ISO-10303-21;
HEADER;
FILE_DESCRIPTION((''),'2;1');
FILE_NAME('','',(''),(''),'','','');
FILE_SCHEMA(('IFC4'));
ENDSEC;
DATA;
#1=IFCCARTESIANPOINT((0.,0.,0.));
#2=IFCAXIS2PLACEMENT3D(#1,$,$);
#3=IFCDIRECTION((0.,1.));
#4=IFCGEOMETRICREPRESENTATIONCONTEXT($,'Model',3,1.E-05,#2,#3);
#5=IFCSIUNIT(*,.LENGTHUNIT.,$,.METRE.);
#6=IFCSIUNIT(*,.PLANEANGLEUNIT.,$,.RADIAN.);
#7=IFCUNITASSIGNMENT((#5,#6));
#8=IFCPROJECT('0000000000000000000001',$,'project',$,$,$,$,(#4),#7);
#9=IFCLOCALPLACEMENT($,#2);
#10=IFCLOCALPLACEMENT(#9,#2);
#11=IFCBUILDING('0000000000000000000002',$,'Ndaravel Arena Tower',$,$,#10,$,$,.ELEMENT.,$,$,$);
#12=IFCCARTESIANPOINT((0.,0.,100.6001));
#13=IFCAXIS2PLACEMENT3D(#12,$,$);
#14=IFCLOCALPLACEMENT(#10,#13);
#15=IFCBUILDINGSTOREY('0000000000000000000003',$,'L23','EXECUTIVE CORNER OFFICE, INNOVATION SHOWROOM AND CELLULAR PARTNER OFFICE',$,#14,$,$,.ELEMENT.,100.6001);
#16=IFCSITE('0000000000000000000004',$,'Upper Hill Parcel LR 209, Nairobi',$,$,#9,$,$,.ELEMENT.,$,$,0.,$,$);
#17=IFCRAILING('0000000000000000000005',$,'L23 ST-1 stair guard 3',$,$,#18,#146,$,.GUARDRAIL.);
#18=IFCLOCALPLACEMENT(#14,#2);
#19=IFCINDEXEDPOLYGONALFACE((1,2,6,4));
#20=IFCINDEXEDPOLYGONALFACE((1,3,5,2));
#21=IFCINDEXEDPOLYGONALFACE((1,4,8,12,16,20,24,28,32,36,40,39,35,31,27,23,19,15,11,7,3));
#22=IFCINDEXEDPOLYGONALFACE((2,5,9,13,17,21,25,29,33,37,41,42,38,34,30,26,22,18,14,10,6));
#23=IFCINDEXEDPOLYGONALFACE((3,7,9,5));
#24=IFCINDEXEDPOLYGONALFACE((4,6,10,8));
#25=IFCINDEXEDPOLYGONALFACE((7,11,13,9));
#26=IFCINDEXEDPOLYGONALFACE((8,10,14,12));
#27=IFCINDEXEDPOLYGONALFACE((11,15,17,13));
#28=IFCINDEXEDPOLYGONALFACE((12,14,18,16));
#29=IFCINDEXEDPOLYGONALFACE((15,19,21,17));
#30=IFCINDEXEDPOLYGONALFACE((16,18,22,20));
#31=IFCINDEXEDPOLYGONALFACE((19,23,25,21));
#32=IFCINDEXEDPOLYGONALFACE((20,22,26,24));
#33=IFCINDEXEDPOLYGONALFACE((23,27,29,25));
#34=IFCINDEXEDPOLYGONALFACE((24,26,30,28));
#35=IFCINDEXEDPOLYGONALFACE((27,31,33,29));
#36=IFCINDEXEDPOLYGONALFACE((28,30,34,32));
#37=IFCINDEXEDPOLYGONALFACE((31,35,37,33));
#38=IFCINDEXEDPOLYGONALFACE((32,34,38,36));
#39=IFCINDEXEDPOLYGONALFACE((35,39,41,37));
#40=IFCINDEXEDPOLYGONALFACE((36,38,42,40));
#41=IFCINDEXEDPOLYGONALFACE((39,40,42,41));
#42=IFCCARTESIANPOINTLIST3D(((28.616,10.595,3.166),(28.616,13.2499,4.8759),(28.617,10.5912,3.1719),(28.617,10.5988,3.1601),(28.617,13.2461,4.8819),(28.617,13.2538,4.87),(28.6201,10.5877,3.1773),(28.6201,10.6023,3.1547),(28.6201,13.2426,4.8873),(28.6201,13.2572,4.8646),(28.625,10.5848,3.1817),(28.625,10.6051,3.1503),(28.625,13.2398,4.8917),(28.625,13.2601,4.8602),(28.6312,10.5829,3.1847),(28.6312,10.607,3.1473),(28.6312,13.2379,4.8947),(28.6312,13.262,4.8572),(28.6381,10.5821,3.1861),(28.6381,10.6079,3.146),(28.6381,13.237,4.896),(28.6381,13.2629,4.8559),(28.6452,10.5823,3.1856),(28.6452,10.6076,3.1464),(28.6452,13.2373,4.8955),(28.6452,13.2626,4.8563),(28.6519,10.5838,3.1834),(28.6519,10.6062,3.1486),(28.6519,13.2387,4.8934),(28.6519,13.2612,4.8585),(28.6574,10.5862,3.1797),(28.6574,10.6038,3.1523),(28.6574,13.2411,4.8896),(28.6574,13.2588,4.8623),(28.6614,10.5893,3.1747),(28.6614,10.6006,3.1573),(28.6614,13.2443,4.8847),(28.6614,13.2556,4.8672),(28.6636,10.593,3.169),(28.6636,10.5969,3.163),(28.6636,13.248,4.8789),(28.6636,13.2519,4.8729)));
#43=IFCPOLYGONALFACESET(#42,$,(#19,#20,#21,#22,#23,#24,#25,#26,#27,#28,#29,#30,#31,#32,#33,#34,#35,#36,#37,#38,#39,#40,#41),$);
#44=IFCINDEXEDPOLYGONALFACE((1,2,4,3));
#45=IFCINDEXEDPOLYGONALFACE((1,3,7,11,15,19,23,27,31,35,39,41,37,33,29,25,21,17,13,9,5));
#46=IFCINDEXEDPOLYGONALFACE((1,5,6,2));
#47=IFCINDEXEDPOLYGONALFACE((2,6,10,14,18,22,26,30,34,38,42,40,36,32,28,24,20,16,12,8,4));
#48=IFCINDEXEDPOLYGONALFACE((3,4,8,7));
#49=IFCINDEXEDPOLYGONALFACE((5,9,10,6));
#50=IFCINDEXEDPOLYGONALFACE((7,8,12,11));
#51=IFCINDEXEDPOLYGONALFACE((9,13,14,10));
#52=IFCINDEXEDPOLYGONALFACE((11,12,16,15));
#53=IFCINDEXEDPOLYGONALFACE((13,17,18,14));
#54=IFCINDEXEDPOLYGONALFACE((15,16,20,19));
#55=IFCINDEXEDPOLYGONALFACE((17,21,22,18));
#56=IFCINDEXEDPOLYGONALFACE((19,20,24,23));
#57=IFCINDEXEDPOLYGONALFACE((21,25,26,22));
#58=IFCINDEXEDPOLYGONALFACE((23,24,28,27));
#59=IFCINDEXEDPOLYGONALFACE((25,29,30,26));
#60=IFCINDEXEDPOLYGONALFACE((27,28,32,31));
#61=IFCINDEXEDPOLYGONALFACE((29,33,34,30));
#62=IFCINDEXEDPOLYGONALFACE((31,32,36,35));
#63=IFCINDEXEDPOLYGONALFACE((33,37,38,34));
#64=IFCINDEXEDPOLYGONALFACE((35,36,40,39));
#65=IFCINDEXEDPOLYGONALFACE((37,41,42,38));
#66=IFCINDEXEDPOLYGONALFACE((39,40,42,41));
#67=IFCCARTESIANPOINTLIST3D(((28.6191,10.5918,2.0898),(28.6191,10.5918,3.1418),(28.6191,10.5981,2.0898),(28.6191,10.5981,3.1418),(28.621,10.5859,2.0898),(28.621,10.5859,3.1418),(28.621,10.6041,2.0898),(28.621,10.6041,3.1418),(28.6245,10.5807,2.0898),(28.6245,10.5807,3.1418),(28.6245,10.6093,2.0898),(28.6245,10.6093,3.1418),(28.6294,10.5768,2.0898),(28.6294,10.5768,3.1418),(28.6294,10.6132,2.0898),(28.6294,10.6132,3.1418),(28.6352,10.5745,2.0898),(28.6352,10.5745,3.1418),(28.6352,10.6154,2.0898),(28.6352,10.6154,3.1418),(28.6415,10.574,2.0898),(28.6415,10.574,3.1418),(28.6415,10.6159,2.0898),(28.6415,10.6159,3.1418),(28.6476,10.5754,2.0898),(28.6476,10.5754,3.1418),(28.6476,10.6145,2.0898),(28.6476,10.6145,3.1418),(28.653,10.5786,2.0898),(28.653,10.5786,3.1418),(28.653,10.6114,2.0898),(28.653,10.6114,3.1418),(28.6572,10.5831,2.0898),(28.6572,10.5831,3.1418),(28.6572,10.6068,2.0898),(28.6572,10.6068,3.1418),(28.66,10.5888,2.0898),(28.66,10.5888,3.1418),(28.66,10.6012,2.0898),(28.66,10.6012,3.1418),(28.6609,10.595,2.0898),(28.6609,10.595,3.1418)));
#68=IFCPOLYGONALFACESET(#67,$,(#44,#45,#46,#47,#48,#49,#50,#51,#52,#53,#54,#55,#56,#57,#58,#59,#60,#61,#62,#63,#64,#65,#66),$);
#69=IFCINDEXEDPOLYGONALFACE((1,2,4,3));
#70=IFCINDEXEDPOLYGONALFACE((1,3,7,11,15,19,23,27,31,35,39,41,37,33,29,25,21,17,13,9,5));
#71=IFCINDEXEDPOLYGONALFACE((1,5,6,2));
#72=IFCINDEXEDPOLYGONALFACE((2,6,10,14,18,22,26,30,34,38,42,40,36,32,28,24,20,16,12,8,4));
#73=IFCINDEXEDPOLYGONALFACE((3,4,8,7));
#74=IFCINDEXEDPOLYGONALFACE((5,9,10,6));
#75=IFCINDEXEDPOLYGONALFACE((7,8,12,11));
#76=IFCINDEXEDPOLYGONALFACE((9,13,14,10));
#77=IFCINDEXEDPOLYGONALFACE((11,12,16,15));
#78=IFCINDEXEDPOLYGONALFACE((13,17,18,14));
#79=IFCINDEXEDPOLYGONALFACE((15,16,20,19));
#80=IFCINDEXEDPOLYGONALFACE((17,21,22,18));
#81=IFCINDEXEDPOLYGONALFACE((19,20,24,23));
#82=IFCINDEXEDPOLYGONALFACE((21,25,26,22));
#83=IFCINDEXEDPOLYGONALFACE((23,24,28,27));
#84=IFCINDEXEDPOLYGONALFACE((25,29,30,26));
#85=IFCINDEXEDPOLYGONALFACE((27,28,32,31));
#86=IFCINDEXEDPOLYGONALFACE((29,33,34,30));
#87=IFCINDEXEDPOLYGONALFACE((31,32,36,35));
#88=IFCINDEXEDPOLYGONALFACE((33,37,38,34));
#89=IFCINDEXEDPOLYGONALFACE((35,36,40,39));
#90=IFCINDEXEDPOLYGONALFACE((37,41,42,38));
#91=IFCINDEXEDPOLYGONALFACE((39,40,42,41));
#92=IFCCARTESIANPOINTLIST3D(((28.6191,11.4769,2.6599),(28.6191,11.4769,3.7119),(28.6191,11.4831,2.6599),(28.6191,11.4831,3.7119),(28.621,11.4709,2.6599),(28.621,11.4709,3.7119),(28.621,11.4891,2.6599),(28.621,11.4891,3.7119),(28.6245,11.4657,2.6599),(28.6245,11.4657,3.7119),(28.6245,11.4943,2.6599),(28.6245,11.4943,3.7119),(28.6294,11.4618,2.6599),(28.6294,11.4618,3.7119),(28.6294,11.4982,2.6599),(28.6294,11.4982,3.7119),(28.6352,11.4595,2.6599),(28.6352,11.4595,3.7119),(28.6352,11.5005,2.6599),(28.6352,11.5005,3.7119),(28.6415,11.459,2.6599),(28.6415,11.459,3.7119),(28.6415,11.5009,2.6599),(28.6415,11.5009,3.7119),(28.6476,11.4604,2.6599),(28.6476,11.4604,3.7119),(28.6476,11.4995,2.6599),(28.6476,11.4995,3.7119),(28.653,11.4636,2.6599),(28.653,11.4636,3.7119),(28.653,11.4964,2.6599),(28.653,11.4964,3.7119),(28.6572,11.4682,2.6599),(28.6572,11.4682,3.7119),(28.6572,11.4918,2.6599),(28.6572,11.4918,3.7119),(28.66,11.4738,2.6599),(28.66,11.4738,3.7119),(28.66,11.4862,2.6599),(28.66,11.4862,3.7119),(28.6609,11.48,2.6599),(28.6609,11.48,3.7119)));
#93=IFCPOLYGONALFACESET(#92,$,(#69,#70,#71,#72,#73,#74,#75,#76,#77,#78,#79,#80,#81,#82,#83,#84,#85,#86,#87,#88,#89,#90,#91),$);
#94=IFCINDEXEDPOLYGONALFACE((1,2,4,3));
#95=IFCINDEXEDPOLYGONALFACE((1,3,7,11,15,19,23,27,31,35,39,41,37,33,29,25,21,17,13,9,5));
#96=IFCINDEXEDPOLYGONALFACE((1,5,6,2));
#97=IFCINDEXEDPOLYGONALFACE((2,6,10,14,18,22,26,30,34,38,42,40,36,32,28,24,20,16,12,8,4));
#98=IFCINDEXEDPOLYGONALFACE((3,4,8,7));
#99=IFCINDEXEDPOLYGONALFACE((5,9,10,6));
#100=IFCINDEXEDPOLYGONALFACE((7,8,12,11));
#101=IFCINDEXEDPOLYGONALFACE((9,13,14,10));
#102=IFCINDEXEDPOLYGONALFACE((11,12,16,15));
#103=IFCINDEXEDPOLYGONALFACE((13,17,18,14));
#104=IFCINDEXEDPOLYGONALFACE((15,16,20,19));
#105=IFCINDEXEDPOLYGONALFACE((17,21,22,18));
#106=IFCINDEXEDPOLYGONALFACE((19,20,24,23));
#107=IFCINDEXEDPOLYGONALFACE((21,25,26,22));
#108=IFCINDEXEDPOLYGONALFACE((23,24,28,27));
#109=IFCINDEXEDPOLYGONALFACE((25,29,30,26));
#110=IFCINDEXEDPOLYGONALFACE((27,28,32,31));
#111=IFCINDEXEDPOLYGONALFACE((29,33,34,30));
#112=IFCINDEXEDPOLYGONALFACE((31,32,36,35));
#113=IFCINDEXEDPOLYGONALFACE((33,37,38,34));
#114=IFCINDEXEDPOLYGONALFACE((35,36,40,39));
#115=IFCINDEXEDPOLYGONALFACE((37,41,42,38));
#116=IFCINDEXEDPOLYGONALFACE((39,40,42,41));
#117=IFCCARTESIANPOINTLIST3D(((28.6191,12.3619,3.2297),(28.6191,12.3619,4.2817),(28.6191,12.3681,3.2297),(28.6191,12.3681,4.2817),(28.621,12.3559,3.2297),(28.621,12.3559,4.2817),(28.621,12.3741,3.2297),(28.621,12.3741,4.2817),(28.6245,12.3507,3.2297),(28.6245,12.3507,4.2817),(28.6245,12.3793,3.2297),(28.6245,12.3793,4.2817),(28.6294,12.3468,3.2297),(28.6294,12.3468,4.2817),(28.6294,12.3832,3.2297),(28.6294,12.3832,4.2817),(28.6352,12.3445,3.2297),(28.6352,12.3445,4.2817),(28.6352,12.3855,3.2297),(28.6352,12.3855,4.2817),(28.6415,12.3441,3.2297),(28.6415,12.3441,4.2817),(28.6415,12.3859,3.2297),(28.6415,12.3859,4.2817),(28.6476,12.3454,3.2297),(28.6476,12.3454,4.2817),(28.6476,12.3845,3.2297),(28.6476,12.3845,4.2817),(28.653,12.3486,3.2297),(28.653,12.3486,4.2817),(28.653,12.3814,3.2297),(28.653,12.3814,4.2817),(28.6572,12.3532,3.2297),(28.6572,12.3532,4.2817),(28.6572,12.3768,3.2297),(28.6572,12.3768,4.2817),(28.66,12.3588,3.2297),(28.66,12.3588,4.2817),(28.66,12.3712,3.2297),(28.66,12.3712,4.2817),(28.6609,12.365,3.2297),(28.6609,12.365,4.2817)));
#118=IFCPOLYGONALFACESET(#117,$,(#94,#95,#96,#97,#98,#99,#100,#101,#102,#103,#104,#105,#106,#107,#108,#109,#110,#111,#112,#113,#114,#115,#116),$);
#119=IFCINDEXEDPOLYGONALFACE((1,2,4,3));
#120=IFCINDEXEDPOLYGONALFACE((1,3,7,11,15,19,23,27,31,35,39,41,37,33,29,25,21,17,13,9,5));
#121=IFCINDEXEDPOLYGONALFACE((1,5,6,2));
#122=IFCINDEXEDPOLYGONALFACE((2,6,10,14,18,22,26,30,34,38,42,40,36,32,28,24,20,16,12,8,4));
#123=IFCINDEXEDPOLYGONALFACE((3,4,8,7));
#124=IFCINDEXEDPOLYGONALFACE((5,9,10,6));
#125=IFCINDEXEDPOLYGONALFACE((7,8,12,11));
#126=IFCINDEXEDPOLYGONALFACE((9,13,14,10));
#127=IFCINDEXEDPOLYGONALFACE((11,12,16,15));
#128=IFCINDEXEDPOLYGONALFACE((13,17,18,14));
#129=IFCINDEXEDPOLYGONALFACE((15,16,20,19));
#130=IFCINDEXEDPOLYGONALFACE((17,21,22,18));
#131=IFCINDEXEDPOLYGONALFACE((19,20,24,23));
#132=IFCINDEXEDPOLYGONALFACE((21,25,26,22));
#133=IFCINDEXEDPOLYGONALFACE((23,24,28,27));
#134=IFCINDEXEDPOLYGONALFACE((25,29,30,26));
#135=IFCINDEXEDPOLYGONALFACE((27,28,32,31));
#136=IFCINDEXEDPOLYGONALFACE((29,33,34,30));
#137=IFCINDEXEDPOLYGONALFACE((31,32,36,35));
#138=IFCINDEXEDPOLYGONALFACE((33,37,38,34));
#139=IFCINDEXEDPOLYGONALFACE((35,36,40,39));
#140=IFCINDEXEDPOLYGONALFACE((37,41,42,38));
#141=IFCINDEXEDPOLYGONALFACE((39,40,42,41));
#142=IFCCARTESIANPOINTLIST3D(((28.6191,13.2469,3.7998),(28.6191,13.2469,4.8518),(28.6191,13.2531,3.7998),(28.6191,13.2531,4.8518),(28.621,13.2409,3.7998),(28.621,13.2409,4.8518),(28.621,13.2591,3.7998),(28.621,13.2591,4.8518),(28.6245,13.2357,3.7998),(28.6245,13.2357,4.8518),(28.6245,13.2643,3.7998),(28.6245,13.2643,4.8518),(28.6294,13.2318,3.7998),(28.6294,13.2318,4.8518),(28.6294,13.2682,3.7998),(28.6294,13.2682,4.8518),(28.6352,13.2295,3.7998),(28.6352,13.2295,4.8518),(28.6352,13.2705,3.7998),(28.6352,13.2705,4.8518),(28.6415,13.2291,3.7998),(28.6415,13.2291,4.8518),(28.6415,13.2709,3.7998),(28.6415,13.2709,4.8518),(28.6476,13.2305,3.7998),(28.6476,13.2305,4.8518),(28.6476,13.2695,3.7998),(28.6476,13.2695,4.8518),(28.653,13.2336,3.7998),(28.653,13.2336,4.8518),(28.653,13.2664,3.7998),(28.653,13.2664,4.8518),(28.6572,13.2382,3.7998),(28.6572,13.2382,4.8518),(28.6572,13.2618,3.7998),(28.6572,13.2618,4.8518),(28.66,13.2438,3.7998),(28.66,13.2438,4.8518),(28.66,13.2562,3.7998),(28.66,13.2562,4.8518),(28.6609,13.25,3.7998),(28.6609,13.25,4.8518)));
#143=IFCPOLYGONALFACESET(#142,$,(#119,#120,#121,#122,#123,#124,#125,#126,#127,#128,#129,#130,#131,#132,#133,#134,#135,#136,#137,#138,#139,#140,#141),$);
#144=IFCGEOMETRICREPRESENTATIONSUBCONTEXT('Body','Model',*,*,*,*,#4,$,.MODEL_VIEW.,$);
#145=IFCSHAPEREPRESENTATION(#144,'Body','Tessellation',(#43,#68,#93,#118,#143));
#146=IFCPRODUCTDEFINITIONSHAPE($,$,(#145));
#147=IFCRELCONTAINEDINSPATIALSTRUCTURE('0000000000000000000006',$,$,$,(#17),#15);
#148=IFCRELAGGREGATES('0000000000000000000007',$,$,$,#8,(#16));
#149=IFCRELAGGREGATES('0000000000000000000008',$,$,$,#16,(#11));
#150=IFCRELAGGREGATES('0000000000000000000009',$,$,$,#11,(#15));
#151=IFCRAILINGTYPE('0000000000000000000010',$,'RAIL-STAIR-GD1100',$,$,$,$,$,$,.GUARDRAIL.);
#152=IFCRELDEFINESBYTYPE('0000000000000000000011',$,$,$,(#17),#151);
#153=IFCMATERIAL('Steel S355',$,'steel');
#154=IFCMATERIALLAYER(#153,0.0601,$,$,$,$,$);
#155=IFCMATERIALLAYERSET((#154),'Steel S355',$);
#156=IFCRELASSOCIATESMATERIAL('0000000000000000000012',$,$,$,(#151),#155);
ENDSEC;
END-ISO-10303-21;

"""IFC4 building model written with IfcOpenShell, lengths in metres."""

from ifc_helpers import new_model, si_unit, direction, frame, origin, origin_2d, place, context, subcontext, project, spatial, circle, extrude, material, layer, layer_set, type_object, element, save


model = new_model("IFC4")

# Units and contexts
model_context = context("Model", 3, precision=1e-05, world=origin(), true_north=direction((0.0, 1.0)))
body_context = subcontext(model_context, "Body", "Model", "MODEL_VIEW")
ifc_project = project(units=[si_unit("LENGTHUNIT", "METRE"), si_unit("PLANEANGLEUNIT", "RADIAN")], contexts=[model_context])

# Site, building, storey
site_placement = place(None, origin())
site = spatial("IfcSite", under=ifc_project, at=site_placement, Name="Upper Hill Parcel LR 209, Nairobi", CompositionType="ELEMENT", RefElevation=0.0)
building_placement = place(site_placement, origin())
building = spatial("IfcBuilding", under=site, at=building_placement, Name="Ndaravel Arena Tower", CompositionType="ELEMENT")
storey_placement = place(building_placement, frame((0.0, 0.0, 100.6001)))
storey = spatial("IfcBuildingStorey", under=building, at=storey_placement, Name="L23", Description="EXECUTIVE CORNER OFFICE, INNOVATION SHOWROOM AND CELLULAR PARTNER OFFICE", CompositionType="ELEMENT", Elevation=100.6001)

# Railing
ifc_material_1 = material(Name="Steel S355", Category="steel")
ifc_layer_1 = layer(ifc_material_1, 0.0601)
ifc_layer_set_1 = layer_set([ifc_layer_1], Name="Steel S355")
railing_type_1 = type_object("IfcRailingType", Name="RAIL-STAIR-GD1100", PredefinedType="GUARDRAIL", material=ifc_layer_set_1)
railing_1_placement = place(storey_placement, frame((28.6399, 10.595, 2.0898)))
element("IfcRailing", 1, at=railing_1_placement, inside=storey, type_object=railing_type_1, Name="L23 ST-1 stair guard 3", PredefinedType="GUARDRAIL", context=body_context, shape_type="SweptSolid", body=[
    extrude(circle(Radius=0.0239, at=origin_2d()), frame((0.0, 0.0, 1.0762), z_axis=(0.0, 0.840724, 0.541465), x_axis=(-1.0, 0.0, 0.0)), (0.0, 0.0, 1.0), 3.158),
    extrude(circle(Radius=0.021, at=origin_2d()), origin(), (0.0, 0.0, 1.0), 1.052),
    extrude(circle(Radius=0.021, at=origin_2d()), frame((0.0, 0.885, 0.5701)), (0.0, 0.0, 1.0), 1.052),
    extrude(circle(Radius=0.021, at=origin_2d()), frame((0.0, 1.77, 1.1399)), (0.0, 0.0, 1.0), 1.052),
    extrude(circle(Radius=0.021, at=origin_2d()), frame((0.0, 2.655, 1.71)), (0.0, 0.0, 1.0), 1.052),
])

save(model, "model.ifc")
